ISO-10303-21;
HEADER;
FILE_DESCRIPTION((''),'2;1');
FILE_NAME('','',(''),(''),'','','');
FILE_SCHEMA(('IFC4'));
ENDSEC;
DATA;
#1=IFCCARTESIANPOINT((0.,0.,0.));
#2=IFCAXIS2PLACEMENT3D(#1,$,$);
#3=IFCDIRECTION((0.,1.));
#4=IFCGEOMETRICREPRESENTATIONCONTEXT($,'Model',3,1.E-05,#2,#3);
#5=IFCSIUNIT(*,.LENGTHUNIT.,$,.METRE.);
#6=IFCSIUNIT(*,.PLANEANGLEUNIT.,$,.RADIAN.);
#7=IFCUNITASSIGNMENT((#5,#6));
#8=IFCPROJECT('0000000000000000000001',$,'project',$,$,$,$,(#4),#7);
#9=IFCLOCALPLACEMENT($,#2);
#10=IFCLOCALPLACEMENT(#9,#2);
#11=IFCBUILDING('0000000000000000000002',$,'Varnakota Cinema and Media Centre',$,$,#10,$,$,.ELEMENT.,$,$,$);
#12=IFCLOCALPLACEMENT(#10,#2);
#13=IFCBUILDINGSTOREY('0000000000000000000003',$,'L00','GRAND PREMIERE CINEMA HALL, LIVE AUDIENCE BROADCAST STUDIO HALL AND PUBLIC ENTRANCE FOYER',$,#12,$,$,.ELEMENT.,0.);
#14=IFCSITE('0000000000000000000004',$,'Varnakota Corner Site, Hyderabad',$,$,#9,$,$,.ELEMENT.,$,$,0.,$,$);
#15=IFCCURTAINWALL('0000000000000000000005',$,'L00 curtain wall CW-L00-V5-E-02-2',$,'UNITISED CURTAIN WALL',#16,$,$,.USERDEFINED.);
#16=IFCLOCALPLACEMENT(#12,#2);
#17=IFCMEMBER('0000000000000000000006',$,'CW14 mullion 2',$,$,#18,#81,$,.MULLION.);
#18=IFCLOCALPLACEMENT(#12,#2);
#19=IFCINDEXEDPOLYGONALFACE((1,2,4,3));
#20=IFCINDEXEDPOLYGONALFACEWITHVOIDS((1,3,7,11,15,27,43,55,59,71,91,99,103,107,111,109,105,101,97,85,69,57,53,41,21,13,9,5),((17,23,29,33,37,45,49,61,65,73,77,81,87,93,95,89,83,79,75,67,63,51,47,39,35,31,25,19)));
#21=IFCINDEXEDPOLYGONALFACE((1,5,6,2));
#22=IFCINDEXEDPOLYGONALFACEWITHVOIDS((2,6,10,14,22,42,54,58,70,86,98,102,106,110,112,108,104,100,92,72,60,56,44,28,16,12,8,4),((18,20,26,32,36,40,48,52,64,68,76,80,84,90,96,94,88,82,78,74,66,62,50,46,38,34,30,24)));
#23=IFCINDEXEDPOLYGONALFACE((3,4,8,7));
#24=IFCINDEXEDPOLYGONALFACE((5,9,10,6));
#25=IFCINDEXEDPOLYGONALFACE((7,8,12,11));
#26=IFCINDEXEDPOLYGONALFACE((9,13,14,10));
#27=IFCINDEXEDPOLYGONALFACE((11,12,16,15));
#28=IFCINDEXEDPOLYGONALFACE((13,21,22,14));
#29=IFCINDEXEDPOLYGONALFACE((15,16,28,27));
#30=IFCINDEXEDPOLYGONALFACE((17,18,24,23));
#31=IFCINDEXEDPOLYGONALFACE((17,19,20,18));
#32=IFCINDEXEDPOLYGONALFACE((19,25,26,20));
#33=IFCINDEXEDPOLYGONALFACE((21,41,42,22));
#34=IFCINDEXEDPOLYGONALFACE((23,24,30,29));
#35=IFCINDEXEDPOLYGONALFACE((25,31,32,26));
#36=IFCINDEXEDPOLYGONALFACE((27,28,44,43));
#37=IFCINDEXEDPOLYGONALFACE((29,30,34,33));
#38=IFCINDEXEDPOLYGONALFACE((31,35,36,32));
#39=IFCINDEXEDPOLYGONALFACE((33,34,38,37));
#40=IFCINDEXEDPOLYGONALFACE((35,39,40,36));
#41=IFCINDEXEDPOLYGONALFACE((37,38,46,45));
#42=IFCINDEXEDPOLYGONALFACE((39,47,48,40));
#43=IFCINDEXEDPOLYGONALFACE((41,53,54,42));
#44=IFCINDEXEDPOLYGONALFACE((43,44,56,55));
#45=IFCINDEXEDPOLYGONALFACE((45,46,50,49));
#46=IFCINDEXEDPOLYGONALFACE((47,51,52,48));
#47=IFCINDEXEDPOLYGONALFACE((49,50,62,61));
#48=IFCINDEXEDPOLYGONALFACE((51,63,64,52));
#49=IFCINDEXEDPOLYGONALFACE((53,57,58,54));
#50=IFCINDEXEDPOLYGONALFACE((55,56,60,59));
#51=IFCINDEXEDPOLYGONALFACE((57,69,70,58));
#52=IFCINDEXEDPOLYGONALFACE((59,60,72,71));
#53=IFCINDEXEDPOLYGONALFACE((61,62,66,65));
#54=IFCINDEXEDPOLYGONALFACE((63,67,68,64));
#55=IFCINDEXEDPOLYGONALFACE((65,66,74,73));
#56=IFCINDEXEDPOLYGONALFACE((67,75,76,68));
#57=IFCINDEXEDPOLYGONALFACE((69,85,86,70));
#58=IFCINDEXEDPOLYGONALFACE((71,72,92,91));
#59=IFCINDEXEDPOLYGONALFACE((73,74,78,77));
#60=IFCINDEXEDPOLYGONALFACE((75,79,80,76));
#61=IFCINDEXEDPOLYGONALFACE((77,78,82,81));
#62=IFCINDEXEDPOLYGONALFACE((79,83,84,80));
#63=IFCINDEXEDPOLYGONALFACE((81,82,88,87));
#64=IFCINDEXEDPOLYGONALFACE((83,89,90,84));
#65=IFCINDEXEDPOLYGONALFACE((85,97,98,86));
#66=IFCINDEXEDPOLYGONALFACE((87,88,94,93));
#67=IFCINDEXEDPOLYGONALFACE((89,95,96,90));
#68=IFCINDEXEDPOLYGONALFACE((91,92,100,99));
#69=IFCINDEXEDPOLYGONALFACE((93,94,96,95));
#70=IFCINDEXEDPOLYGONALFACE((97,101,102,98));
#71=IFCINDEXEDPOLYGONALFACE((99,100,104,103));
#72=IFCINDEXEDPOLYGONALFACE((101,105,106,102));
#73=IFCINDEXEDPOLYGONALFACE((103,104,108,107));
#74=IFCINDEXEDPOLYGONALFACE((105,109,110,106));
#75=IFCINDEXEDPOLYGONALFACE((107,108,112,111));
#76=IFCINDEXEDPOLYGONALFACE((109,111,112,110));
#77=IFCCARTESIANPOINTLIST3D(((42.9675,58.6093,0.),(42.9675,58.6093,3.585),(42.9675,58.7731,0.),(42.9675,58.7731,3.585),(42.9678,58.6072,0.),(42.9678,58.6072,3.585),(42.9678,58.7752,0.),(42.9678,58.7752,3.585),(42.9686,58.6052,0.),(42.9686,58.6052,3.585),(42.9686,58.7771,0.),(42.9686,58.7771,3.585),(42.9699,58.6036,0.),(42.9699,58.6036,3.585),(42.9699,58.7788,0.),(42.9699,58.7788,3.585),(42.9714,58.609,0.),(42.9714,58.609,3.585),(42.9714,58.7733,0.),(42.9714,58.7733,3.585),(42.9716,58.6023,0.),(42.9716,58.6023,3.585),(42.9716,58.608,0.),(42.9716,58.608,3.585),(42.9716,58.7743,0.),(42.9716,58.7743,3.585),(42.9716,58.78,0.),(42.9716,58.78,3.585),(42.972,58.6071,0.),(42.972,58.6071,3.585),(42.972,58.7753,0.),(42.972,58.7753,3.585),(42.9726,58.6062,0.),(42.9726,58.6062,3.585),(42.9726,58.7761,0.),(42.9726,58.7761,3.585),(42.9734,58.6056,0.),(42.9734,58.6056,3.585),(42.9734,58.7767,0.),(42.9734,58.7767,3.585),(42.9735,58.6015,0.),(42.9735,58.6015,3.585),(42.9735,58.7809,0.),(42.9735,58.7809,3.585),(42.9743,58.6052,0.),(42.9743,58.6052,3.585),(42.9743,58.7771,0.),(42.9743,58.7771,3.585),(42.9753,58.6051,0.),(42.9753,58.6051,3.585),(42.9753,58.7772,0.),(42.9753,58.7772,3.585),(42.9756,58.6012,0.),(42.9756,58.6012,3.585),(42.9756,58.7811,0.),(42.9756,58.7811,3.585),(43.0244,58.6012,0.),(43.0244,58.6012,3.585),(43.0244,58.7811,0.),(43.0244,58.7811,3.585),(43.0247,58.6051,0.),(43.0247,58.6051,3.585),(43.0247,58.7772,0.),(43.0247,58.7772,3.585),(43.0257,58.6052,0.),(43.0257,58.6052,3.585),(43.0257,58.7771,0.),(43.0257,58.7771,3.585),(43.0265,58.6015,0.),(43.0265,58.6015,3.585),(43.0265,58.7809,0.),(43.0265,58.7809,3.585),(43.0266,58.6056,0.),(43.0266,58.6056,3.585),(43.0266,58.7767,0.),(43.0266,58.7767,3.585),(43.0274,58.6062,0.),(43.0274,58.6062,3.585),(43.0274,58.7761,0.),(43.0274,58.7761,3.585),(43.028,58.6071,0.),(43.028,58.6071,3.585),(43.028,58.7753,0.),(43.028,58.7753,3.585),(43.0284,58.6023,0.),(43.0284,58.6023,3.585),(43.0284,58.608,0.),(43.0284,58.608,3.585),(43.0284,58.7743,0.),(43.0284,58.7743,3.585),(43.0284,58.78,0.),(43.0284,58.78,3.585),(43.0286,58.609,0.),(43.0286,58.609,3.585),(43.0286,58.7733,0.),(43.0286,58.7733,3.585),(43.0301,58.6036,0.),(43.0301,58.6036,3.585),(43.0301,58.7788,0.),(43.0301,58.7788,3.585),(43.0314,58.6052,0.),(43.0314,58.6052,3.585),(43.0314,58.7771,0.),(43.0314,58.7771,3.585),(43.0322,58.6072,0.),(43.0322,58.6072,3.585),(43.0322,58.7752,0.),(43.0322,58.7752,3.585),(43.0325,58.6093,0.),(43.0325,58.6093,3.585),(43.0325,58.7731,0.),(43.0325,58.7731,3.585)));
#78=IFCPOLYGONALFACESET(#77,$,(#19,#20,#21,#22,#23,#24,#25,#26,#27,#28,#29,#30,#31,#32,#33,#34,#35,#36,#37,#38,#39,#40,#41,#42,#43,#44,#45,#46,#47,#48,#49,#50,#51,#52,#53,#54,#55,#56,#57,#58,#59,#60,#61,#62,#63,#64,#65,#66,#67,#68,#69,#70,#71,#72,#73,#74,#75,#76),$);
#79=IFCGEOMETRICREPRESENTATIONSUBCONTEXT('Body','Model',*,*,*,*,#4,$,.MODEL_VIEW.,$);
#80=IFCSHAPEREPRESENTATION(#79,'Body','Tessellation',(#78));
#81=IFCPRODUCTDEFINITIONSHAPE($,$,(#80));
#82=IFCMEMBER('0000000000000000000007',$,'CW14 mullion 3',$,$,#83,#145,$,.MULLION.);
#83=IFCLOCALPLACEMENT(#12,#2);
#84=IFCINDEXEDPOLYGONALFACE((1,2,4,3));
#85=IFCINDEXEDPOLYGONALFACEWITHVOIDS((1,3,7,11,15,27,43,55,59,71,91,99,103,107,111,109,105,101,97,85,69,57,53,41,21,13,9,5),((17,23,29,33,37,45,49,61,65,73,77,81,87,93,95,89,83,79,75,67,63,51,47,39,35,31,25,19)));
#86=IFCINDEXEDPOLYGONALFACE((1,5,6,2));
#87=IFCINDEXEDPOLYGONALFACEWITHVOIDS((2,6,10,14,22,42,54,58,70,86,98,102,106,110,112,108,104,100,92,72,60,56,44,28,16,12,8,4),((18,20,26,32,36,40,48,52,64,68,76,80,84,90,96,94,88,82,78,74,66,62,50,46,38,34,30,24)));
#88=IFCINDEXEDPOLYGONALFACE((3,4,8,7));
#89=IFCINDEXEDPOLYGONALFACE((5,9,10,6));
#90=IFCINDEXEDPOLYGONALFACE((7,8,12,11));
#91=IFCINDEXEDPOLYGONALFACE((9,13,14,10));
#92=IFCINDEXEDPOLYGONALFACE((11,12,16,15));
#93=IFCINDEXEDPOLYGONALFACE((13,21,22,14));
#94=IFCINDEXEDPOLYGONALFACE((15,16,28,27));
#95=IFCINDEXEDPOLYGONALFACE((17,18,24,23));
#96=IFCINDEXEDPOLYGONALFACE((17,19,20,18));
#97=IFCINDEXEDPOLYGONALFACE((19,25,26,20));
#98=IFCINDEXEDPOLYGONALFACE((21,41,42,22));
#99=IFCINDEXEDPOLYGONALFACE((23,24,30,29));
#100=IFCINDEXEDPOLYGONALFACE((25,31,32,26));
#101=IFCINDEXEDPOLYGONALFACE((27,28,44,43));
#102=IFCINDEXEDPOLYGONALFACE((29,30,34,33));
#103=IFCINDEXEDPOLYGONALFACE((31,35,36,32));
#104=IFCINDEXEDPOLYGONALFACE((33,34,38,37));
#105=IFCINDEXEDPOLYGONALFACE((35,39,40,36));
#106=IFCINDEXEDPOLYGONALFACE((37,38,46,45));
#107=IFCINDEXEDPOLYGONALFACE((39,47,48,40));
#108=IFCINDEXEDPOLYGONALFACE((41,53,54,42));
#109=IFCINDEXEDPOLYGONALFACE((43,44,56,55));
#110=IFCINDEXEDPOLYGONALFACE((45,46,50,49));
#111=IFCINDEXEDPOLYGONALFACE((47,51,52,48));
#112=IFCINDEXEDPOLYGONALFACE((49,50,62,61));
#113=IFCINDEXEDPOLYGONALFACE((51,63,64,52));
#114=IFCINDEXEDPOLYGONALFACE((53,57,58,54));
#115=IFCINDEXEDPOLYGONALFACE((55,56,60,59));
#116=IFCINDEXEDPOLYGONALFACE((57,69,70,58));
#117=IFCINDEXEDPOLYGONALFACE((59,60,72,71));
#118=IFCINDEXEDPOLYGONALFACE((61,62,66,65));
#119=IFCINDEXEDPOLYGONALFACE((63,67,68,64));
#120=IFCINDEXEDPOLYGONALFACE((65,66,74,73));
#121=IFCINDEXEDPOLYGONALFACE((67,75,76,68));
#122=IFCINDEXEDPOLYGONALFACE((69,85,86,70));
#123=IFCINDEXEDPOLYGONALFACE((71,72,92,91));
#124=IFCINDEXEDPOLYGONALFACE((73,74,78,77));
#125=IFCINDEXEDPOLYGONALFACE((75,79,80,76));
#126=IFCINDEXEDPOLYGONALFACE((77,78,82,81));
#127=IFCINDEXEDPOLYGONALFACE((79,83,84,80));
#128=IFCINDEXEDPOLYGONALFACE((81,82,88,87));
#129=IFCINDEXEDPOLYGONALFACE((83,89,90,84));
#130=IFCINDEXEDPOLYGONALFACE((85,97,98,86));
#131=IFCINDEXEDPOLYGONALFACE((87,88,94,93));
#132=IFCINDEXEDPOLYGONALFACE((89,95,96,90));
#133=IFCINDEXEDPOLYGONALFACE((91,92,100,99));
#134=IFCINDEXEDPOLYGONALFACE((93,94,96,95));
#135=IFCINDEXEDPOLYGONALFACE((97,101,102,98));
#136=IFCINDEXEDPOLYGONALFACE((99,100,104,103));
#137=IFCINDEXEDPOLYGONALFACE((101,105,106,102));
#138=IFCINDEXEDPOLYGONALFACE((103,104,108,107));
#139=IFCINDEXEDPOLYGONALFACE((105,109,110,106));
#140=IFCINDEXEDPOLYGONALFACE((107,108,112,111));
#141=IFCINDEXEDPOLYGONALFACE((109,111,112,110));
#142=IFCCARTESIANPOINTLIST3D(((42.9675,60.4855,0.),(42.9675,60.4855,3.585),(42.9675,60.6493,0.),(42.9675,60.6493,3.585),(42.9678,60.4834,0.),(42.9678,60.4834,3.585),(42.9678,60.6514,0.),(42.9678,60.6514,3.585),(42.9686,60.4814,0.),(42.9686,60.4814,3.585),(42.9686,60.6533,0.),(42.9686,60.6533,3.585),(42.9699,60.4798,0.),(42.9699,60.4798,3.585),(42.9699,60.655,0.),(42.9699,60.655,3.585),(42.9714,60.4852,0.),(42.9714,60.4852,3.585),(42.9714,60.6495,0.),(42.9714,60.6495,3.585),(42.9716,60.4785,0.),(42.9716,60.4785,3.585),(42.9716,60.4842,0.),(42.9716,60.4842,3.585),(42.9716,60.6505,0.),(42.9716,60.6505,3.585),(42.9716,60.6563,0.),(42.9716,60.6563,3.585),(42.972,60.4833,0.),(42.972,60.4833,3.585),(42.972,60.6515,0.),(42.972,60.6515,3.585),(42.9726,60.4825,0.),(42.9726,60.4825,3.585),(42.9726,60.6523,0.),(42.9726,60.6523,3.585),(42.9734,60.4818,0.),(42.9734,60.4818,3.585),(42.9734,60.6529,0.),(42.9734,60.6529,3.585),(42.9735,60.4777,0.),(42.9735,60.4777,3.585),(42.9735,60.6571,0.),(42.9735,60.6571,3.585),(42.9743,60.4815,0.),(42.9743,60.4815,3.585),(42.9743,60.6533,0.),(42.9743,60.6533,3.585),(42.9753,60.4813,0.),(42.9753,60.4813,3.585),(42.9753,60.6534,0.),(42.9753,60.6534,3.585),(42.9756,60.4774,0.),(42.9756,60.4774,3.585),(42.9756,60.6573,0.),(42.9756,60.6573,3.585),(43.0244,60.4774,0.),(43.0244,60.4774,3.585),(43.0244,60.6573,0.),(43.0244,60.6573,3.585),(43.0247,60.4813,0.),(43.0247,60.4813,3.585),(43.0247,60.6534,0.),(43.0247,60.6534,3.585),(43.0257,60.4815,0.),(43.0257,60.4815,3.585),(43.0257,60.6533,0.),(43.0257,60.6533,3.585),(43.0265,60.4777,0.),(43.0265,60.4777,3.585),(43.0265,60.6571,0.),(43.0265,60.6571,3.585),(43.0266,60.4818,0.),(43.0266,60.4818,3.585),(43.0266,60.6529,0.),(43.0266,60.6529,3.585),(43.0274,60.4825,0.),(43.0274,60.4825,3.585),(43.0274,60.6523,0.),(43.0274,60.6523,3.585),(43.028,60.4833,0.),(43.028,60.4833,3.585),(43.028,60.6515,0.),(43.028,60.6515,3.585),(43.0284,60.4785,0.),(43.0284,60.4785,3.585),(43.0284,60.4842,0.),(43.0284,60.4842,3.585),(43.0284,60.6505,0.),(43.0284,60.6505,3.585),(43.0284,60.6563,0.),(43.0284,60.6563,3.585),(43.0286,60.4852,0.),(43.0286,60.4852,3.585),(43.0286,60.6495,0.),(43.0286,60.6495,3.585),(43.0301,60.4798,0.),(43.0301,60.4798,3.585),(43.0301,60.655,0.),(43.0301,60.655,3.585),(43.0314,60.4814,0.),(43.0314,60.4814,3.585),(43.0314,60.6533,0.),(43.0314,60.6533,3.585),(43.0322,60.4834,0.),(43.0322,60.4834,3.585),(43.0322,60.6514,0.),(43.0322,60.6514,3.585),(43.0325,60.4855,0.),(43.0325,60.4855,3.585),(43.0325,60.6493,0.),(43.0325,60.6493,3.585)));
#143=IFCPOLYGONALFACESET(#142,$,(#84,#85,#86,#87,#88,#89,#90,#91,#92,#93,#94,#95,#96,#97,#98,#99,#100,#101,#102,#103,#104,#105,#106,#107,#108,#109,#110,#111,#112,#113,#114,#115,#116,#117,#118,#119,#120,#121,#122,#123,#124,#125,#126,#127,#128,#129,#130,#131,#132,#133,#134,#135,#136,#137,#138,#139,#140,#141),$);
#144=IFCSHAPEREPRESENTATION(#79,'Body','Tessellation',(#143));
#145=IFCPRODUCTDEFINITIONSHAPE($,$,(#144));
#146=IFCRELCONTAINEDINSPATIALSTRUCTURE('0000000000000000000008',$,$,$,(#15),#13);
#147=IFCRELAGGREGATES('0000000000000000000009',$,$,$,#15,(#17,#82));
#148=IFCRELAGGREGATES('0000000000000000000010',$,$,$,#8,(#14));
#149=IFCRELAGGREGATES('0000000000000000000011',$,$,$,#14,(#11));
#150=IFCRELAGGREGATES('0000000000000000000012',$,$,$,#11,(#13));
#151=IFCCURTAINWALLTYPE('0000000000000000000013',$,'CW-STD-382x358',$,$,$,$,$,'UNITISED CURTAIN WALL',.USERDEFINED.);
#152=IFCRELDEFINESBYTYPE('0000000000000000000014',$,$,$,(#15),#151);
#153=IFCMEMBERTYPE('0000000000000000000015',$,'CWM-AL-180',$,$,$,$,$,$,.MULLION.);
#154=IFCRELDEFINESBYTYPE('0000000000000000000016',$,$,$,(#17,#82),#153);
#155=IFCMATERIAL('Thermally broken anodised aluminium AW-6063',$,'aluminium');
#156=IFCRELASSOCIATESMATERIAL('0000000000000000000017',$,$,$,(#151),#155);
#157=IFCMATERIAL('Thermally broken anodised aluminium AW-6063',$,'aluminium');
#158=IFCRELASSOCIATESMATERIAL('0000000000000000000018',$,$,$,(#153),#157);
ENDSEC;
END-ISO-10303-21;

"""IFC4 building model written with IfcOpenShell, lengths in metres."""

from ifc_helpers import new_model, si_unit, direction, frame, origin, origin_2d, place, context, subcontext, project, spatial, hollow_rectangle, extrude, material, material_profile, profile_set, type_object, element, aggregate, save


model = new_model("IFC4")

# Units and contexts
model_context = context("Model", 3, precision=1e-05, world=origin(), true_north=direction((0.0, 1.0)))
body_context = subcontext(model_context, "Body", "Model", "MODEL_VIEW")
ifc_project = project(units=[si_unit("LENGTHUNIT", "METRE"), si_unit("PLANEANGLEUNIT", "RADIAN")], contexts=[model_context])

# Site, building, storey
site_placement = place(None, origin())
site = spatial("IfcSite", under=ifc_project, at=site_placement, Name="Varnakota Corner Site, Hyderabad", CompositionType="ELEMENT", RefElevation=0.0)
building_placement = place(site_placement, origin())
building = spatial("IfcBuilding", under=site, at=building_placement, Name="Varnakota Cinema and Media Centre", CompositionType="ELEMENT")
storey_placement = place(building_placement, origin())
storey = spatial("IfcBuildingStorey", under=building, at=storey_placement, Name="L00", Description="GRAND PREMIERE CINEMA HALL, LIVE AUDIENCE BROADCAST STUDIO HALL AND PUBLIC ENTRANCE FOYER", CompositionType="ELEMENT", Elevation=0.0)

# Shared definitions
ifc_material_1 = material(Name="Thermally broken anodised aluminium AW-6063", Category="aluminium")
curtain_wall_type = type_object("IfcCurtainWallType", Name="CW-STD-382x358", ElementType="UNITISED CURTAIN WALL", PredefinedType="USERDEFINED", material=ifc_material_1)
ifc_material_2 = material(Name="Thermally broken anodised aluminium AW-6063", Category="aluminium")
ifc_material_profile_1 = material_profile(ifc_material_2, hollow_rectangle(XDim=0.0649, YDim=0.1799, WallThickness=0.0039, InnerFilletRadius=0.0039, OuterFilletRadius=0.0081, at=origin_2d()), Name="AL-MULLION 180x65x4")
ifc_profile_set_1 = profile_set([ifc_material_profile_1], Name="Thermally broken anodised aluminium AW-6063")
member_type_1 = type_object("IfcMemberType", Name="CWM-AL-180", PredefinedType="MULLION", material=ifc_profile_set_1)

# Curtain wall, members
curtain_wall_1_placement = place(storey_placement, origin())
curtain_wall_1 = element("IfcCurtainWall", 1, at=curtain_wall_1_placement, inside=storey, type_object=curtain_wall_type, Name="L00 curtain wall CW-L00-V5-E-02-2", ObjectType="UNITISED CURTAIN WALL", PredefinedType="USERDEFINED")
member_1_placement = place(storey_placement, frame((43.0, 58.6912, 0.0), z_axis=(0.0, 0.0, 1.0), x_axis=(-1.0, 0.0, 0.0)))
member_1 = element("IfcMember", 2, at=member_1_placement, type_object=member_type_1, Name="CW14 mullion 2", PredefinedType="MULLION", context=body_context, shape_type="SweptSolid", body=[
    extrude(hollow_rectangle(XDim=0.0649, YDim=0.1799, WallThickness=0.0039, InnerFilletRadius=0.0039, OuterFilletRadius=0.0081, at=origin_2d()), origin(), (0.0, 0.0, 1.0), 3.585),
])
member_2_placement = place(storey_placement, frame((43.0, 60.5674, 0.0), z_axis=(0.0, 0.0, 1.0), x_axis=(-1.0, 0.0, 0.0)))
member_2 = element("IfcMember", 3, at=member_2_placement, type_object=member_type_1, Name="CW14 mullion 3", PredefinedType="MULLION", context=body_context, shape_type="SweptSolid", body=[
    extrude(hollow_rectangle(XDim=0.0649, YDim=0.1799, WallThickness=0.0039, InnerFilletRadius=0.0039, OuterFilletRadius=0.0081, at=origin_2d()), origin(), (0.0, 0.0, 1.0), 3.585),
])

aggregate(curtain_wall_1, [member_1, member_2])

save(model, "model.ifc")
